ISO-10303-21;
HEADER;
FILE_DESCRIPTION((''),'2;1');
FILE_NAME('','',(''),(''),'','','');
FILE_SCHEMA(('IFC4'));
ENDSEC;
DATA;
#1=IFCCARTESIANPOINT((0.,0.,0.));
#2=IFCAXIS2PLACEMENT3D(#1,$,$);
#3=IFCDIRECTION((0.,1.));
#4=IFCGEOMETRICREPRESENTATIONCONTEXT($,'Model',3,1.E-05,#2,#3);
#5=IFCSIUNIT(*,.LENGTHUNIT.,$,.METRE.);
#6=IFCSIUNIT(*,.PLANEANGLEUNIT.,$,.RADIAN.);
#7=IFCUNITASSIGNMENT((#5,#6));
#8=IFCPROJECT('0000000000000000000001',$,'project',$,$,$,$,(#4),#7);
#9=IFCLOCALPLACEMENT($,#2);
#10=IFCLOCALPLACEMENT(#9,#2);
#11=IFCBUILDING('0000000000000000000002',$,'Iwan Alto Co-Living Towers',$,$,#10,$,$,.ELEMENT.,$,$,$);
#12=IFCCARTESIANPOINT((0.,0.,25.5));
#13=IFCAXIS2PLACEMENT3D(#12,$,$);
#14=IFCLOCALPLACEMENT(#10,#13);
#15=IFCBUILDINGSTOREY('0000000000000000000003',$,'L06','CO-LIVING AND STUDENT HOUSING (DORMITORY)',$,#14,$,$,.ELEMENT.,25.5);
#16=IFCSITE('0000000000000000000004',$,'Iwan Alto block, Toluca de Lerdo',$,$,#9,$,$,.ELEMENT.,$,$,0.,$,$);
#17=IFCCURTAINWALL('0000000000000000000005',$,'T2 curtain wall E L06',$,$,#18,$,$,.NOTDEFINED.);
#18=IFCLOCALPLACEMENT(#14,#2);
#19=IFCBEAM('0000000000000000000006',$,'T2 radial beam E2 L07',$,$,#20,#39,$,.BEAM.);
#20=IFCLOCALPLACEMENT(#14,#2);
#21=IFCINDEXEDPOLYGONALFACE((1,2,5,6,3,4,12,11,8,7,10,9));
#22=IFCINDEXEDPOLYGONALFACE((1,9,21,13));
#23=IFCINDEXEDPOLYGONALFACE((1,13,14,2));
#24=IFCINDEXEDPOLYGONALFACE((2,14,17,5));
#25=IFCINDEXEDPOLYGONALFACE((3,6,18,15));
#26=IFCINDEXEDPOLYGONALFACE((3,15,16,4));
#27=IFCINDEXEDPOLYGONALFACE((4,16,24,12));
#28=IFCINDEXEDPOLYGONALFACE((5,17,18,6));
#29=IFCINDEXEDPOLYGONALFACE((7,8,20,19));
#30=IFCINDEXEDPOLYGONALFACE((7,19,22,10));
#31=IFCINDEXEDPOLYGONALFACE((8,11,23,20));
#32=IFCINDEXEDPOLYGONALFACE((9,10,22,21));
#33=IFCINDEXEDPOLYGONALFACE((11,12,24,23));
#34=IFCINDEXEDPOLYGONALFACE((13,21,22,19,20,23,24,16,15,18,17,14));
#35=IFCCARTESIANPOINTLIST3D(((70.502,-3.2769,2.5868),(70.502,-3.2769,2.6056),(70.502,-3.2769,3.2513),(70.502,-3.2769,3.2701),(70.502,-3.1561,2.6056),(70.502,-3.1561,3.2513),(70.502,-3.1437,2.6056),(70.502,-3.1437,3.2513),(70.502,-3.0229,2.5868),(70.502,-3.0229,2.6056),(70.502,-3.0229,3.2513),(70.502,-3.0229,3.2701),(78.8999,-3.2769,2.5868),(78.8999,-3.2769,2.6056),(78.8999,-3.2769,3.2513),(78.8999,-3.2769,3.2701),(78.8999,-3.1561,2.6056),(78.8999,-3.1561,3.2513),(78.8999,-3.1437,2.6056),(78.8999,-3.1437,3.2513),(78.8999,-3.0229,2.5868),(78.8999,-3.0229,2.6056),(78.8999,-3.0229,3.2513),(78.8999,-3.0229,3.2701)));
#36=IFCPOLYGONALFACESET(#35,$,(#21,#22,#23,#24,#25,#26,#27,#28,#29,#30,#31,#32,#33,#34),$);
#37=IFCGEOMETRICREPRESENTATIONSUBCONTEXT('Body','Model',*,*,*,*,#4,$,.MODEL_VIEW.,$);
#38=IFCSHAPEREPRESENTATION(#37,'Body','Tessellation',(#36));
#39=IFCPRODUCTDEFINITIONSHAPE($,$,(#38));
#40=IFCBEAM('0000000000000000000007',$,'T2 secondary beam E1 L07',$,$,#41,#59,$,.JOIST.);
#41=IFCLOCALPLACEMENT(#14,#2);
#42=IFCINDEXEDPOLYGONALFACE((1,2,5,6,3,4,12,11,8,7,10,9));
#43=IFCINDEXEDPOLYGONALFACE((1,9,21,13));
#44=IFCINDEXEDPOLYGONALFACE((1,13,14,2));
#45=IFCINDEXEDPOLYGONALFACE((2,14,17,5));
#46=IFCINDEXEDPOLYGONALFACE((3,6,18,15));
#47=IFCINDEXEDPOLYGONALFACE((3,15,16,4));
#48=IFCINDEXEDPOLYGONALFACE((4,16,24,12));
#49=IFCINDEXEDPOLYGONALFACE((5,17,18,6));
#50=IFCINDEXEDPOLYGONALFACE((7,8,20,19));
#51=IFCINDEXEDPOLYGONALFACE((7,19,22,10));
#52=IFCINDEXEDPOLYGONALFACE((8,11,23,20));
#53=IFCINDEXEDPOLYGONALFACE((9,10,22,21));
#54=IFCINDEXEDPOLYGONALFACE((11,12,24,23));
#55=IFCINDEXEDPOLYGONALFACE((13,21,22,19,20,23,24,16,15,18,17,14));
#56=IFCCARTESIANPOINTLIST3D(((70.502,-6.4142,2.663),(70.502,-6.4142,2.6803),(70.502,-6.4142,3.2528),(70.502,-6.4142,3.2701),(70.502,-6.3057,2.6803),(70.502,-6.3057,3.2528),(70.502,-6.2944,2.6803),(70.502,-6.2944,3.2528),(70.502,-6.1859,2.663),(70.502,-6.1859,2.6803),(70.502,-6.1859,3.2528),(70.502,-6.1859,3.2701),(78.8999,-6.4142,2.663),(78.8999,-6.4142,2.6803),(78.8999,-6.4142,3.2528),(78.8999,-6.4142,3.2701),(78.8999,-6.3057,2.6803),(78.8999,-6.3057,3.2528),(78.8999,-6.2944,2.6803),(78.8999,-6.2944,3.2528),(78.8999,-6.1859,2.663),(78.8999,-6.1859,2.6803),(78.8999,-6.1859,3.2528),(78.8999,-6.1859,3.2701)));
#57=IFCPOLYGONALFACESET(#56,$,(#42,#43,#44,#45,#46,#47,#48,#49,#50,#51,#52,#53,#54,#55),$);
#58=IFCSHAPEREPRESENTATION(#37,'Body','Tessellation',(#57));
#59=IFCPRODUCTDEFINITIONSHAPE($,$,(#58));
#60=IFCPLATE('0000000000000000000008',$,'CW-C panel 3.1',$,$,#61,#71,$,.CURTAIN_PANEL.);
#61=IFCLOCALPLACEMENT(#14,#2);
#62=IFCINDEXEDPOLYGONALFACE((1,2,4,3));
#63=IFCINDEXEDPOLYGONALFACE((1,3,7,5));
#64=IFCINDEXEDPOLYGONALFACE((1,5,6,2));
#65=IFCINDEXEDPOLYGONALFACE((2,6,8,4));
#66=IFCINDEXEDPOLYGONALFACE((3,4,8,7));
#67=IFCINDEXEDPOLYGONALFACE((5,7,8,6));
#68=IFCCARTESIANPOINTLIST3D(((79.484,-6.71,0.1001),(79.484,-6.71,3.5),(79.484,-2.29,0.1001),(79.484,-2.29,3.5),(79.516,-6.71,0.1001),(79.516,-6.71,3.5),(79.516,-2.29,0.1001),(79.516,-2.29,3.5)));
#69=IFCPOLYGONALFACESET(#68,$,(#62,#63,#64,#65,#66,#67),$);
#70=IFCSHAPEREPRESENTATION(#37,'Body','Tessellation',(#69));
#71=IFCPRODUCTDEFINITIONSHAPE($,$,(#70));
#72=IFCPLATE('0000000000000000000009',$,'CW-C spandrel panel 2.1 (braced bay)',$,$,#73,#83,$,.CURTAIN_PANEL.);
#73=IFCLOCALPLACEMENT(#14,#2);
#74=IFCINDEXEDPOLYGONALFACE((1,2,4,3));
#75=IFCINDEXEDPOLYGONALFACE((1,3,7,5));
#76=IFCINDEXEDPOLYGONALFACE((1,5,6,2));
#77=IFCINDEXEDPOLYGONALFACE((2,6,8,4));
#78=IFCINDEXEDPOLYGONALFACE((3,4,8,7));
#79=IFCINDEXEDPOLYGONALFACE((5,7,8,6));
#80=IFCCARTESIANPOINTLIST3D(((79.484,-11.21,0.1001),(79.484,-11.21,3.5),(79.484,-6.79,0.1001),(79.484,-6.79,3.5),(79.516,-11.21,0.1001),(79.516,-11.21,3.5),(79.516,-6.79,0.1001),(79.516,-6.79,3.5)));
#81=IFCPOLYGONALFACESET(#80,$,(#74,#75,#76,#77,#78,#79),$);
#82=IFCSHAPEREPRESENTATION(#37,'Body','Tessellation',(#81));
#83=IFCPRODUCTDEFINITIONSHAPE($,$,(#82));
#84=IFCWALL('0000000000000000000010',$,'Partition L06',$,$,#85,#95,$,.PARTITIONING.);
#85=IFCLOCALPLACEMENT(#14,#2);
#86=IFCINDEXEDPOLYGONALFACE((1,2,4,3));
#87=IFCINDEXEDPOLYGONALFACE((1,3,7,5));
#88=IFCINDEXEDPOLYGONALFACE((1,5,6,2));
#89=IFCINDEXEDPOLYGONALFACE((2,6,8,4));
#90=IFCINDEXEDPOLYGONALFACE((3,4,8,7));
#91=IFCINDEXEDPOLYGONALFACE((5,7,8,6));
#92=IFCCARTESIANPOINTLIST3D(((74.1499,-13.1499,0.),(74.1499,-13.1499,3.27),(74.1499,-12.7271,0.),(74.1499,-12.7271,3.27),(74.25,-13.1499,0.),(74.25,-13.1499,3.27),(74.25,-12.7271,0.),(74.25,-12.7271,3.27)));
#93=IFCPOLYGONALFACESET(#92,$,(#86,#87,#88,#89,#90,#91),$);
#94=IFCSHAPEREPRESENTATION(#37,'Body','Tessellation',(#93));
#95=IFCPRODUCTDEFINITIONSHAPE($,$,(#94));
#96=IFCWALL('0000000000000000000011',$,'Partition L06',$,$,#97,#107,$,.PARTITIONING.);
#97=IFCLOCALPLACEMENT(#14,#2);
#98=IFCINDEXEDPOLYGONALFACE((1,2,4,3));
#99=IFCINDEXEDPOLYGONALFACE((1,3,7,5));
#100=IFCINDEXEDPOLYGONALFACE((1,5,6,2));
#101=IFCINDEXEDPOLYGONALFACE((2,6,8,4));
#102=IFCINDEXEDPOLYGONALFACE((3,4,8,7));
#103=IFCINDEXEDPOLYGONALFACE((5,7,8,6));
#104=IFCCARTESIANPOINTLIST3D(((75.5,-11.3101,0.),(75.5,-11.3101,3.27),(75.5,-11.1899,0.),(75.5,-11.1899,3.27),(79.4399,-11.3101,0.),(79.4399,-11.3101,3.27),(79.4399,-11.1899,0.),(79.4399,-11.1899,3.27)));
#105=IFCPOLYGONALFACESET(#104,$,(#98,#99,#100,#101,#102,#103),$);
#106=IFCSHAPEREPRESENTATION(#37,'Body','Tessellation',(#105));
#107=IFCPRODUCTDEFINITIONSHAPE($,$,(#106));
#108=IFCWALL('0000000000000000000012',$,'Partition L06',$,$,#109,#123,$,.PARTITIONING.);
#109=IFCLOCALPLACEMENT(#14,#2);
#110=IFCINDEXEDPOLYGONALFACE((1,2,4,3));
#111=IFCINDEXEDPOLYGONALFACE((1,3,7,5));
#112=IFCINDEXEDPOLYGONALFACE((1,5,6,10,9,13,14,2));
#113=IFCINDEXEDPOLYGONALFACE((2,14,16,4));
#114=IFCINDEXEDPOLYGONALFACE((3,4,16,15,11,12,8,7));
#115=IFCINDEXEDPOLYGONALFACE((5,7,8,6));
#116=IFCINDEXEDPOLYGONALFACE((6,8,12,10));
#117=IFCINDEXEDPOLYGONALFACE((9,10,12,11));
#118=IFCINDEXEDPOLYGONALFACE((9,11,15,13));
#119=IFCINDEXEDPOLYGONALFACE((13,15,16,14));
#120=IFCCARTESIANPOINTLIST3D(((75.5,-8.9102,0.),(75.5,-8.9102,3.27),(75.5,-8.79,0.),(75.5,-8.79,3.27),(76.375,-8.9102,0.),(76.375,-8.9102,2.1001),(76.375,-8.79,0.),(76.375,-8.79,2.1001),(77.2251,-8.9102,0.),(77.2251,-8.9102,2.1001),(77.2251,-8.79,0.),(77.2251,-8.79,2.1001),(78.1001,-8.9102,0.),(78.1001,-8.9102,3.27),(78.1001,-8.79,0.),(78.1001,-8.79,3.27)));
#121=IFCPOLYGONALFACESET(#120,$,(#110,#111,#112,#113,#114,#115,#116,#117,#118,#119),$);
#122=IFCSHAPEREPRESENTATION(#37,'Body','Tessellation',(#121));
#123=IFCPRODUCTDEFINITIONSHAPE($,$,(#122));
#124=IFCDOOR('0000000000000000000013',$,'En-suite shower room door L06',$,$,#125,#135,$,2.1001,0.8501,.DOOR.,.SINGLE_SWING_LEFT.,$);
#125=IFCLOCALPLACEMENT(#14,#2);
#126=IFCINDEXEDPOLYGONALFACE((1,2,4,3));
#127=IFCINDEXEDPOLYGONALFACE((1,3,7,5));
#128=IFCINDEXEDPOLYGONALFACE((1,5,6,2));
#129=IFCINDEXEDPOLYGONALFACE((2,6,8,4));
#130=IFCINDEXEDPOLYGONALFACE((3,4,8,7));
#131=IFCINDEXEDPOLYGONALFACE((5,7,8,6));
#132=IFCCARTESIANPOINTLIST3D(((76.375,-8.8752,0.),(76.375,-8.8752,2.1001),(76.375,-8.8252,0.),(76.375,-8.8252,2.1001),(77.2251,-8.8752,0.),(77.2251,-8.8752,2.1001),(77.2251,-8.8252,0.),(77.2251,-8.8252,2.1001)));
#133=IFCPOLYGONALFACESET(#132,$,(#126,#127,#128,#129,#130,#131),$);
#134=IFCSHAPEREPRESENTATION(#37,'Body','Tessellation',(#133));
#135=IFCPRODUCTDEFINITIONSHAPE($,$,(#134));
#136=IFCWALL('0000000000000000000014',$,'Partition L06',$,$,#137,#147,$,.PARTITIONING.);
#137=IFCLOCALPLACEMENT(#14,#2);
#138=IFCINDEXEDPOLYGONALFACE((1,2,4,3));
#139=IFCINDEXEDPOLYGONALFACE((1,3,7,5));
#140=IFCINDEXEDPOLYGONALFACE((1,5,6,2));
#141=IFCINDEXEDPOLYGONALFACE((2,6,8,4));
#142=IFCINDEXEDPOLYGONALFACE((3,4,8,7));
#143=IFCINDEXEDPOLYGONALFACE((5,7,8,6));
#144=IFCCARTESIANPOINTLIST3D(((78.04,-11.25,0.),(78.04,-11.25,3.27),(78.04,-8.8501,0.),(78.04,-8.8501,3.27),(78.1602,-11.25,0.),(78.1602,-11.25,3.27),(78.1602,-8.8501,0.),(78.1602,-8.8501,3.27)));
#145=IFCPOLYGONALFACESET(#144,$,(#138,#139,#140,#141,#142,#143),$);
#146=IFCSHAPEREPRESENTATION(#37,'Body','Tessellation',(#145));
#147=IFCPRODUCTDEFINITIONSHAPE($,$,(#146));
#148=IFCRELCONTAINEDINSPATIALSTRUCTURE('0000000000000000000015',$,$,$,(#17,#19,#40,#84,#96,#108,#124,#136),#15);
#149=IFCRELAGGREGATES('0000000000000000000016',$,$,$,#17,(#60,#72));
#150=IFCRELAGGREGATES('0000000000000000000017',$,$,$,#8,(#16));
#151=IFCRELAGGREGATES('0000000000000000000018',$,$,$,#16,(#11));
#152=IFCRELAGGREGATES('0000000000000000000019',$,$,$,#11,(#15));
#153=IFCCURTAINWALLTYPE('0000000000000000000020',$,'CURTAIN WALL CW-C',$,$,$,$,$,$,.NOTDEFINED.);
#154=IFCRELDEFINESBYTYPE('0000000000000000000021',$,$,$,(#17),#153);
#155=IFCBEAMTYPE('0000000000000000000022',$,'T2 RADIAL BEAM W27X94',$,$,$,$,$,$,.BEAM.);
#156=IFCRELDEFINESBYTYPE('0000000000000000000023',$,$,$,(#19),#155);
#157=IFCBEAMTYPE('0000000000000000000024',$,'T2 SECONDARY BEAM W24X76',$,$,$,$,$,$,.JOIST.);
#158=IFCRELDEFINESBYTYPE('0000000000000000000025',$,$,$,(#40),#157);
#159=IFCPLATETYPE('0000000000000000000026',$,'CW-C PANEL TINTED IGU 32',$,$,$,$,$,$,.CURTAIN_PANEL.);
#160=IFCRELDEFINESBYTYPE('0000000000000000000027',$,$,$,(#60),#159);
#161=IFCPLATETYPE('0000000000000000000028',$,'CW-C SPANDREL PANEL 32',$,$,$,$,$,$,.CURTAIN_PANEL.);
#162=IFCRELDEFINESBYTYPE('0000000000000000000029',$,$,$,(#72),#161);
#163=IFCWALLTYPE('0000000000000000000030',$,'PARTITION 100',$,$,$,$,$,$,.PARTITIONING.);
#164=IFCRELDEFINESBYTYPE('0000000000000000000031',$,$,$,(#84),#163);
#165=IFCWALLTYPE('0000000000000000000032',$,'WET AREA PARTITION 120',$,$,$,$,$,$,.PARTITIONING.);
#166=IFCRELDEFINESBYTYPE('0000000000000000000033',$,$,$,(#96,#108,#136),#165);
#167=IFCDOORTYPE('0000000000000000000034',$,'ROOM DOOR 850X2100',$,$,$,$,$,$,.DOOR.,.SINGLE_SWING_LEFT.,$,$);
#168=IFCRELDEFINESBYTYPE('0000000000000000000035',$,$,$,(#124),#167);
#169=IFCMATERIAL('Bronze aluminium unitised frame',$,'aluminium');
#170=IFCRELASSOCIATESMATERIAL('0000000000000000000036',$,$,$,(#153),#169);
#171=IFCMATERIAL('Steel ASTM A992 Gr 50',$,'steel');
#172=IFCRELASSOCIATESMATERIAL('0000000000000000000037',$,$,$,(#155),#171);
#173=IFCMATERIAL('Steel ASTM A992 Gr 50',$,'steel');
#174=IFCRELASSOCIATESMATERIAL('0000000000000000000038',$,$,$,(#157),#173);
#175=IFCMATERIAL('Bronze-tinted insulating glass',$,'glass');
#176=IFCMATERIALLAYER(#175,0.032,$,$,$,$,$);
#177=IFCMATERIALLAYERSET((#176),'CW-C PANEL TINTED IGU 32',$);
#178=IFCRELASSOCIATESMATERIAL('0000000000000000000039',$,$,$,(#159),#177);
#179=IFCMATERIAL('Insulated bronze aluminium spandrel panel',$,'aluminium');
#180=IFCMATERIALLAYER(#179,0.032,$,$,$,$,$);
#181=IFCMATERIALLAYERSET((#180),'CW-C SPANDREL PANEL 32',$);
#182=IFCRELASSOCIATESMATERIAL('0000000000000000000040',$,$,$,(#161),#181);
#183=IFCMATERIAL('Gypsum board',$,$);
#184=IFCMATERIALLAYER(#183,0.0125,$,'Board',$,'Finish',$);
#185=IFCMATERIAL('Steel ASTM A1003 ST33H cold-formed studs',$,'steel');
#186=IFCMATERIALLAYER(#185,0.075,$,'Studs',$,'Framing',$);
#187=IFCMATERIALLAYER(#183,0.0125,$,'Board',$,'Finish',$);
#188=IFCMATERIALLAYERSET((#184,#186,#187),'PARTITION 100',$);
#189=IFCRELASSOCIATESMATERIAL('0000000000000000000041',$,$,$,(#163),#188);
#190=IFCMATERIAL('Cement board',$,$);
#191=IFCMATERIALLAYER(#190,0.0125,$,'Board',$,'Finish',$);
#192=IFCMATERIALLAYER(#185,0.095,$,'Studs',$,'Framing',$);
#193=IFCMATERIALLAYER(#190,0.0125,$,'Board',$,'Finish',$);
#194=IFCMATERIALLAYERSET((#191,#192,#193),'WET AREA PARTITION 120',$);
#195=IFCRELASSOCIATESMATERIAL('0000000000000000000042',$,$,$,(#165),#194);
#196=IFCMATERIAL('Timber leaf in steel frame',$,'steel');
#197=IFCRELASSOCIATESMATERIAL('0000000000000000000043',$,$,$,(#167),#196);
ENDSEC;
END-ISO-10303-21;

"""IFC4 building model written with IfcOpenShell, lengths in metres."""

from ifc_helpers import new_model, si_unit, direction, frame, frame_2d, origin, origin_2d, place, context, subcontext, project, spatial, rectangle, i_section, extrude, material, layer, layer_set, material_profile, profile_set, type_object, element, fill, aggregate, save


model = new_model("IFC4")

# Units and contexts
model_context = context("Model", 3, precision=1e-05, world=origin(), true_north=direction((0.0, 1.0)))
body_context = subcontext(model_context, "Body", "Model", "MODEL_VIEW")
ifc_project = project(units=[si_unit("LENGTHUNIT", "METRE"), si_unit("PLANEANGLEUNIT", "RADIAN")], contexts=[model_context])

# Site, building, storey
site_placement = place(None, origin())
site = spatial("IfcSite", under=ifc_project, at=site_placement, Name="Iwan Alto block, Toluca de Lerdo", CompositionType="ELEMENT", RefElevation=0.0)
building_placement = place(site_placement, origin())
building = spatial("IfcBuilding", under=site, at=building_placement, Name="Iwan Alto Co-Living Towers", CompositionType="ELEMENT")
storey_placement = place(building_placement, frame((0.0, 0.0, 25.5)))
storey = spatial("IfcBuildingStorey", under=building, at=storey_placement, Name="L06", Description="CO-LIVING AND STUDENT HOUSING (DORMITORY)", CompositionType="ELEMENT", Elevation=25.5)

# Curtain wall
ifc_material_1 = material(Name="Bronze aluminium unitised frame", Category="aluminium")
curtain_wall_type = type_object("IfcCurtainWallType", Name="CURTAIN WALL CW-C", PredefinedType="NOTDEFINED", material=ifc_material_1)
curtain_wall_placement = place(storey_placement, origin())
curtain_wall = element("IfcCurtainWall", 1, at=curtain_wall_placement, inside=storey, type_object=curtain_wall_type, Name="T2 curtain wall E L06", PredefinedType="NOTDEFINED")

# Beams
ifc_material_2 = material(Name="Steel ASTM A992 Gr 50", Category="steel")
ifc_material_profile_1 = material_profile(ifc_material_2, i_section(OverallWidth=0.2539, OverallDepth=0.6833, WebThickness=0.0125, FlangeThickness=0.0188, at=origin_2d()), Name="W27X94")
ifc_profile_set_1 = profile_set([ifc_material_profile_1], Name="Steel ASTM A992 Gr 50")
beam_type_1 = type_object("IfcBeamType", Name="T2 RADIAL BEAM W27X94", PredefinedType="BEAM", material=ifc_profile_set_1)
beam_1_placement = place(storey_placement, frame((78.8999, -3.1499, 2.9285), z_axis=(-1.0, 0.0, 0.0), x_axis=(0.0, -1.0, 0.0)))
element("IfcBeam", 2, at=beam_1_placement, inside=storey, type_object=beam_type_1, Name="T2 radial beam E2 L07", PredefinedType="BEAM", context=body_context, shape_type="SweptSolid", body=[
    extrude(i_section(OverallWidth=0.2539, OverallDepth=0.6833, WebThickness=0.0125, FlangeThickness=0.0188, at=origin_2d()), origin(), (0.0, 0.0, 1.0), 8.3979),
])
ifc_material_3 = material(Name="Steel ASTM A992 Gr 50", Category="steel")
ifc_material_profile_2 = material_profile(ifc_material_3, i_section(OverallWidth=0.2283, OverallDepth=0.6072, WebThickness=0.0112, FlangeThickness=0.0173, at=origin_2d()), Name="W24X76")
ifc_profile_set_2 = profile_set([ifc_material_profile_2], Name="Steel ASTM A992 Gr 50")
beam_type_2 = type_object("IfcBeamType", Name="T2 SECONDARY BEAM W24X76", PredefinedType="JOIST", material=ifc_profile_set_2)
beam_2_placement = place(storey_placement, frame((78.8999, -6.3, 2.9666), z_axis=(-1.0, 0.0, 0.0), x_axis=(0.0, -1.0, 0.0)))
element("IfcBeam", 3, at=beam_2_placement, inside=storey, type_object=beam_type_2, Name="T2 secondary beam E1 L07", PredefinedType="JOIST", context=body_context, shape_type="SweptSolid", body=[
    extrude(i_section(OverallWidth=0.2283, OverallDepth=0.6072, WebThickness=0.0112, FlangeThickness=0.0173, at=origin_2d()), origin(), (0.0, 0.0, 1.0), 8.3979),
])

# Plates
ifc_material_4 = material(Name="Bronze-tinted insulating glass", Category="glass")
ifc_layer_1 = layer(ifc_material_4, 0.032)
ifc_layer_set_1 = layer_set([ifc_layer_1], Name="CW-C PANEL TINTED IGU 32")
plate_type_1 = type_object("IfcPlateType", Name="CW-C PANEL TINTED IGU 32", PredefinedType="CURTAIN_PANEL", material=ifc_layer_set_1)
plate_1_placement = place(storey_placement, frame((79.5, -4.5, 0.1001), z_axis=(0.0, 0.0, 1.0), x_axis=(0.0, 1.0, 0.0)))
plate_1 = element("IfcPlate", 4, at=plate_1_placement, type_object=plate_type_1, Name="CW-C panel 3.1", PredefinedType="CURTAIN_PANEL", context=body_context, shape_type="SweptSolid", body=[
    extrude(rectangle(XDim=4.4199, YDim=0.032, at=origin_2d()), origin(), (0.0, 0.0, 1.0), 3.3999),
])
ifc_material_5 = material(Name="Insulated bronze aluminium spandrel panel", Category="aluminium")
ifc_layer_2 = layer(ifc_material_5, 0.032)
ifc_layer_set_2 = layer_set([ifc_layer_2], Name="CW-C SPANDREL PANEL 32")
plate_type_2 = type_object("IfcPlateType", Name="CW-C SPANDREL PANEL 32", PredefinedType="CURTAIN_PANEL", material=ifc_layer_set_2)
plate_2_placement = place(storey_placement, frame((79.5, -9.0, 0.1001), z_axis=(0.0, 0.0, 1.0), x_axis=(0.0, 1.0, 0.0)))
plate_2 = element("IfcPlate", 5, at=plate_2_placement, type_object=plate_type_2, Name="CW-C spandrel panel 2.1 (braced bay)", PredefinedType="CURTAIN_PANEL", context=body_context, shape_type="SweptSolid", body=[
    extrude(rectangle(XDim=4.4199, YDim=0.032, at=origin_2d()), origin(), (0.0, 0.0, 1.0), 3.3999),
])
aggregate(curtain_wall, [plate_1, plate_2])

# Walls
ifc_material_6 = material(Name="Gypsum board")
ifc_layer_3 = layer(ifc_material_6, 0.0125, Name="Board", Category="Finish")
ifc_material_7 = material(Name="Steel ASTM A1003 ST33H cold-formed studs", Category="steel")
ifc_layer_4 = layer(ifc_material_7, 0.075, Name="Studs", Category="Framing")
ifc_layer_5 = layer(ifc_material_6, 0.0125, Name="Board", Category="Finish")
ifc_layer_set_3 = layer_set([ifc_layer_3, ifc_layer_4, ifc_layer_5], Name="PARTITION 100")
wall_type_1 = type_object("IfcWallType", Name="PARTITION 100", PredefinedType="PARTITIONING", material=ifc_layer_set_3)
wall_1_placement = place(storey_placement, frame((74.2, -13.1499, 0.0), z_axis=(0.0, 0.0, 1.0), x_axis=(0.0, 1.0, 0.0)))
element("IfcWall", 6, at=wall_1_placement, inside=storey, type_object=wall_type_1, Name="Partition L06", PredefinedType="PARTITIONING", context=body_context, shape_type="SweptSolid", body=[
    extrude(rectangle(XDim=0.4229, YDim=0.1001, at=frame_2d((0.2114, 0.0))), origin(), (0.0, 0.0, 1.0), 3.27),
])
ifc_material_8 = material(Name="Cement board")
ifc_layer_6 = layer(ifc_material_8, 0.0125, Name="Board", Category="Finish")
ifc_layer_7 = layer(ifc_material_7, 0.095, Name="Studs", Category="Framing")
ifc_layer_8 = layer(ifc_material_8, 0.0125, Name="Board", Category="Finish")
ifc_layer_set_4 = layer_set([ifc_layer_6, ifc_layer_7, ifc_layer_8], Name="WET AREA PARTITION 120")
wall_type_2 = type_object("IfcWallType", Name="WET AREA PARTITION 120", PredefinedType="PARTITIONING", material=ifc_layer_set_4)
wall_2_placement = place(storey_placement, frame((75.5, -11.25, 0.0), z_axis=(0.0, 0.0, 1.0), x_axis=(1.0, 0.0, 0.0)))
element("IfcWall", 7, at=wall_2_placement, inside=storey, type_object=wall_type_2, Name="Partition L06", PredefinedType="PARTITIONING", context=body_context, shape_type="SweptSolid", body=[
    extrude(rectangle(XDim=3.9399, YDim=0.1201, at=frame_2d((1.97, 0.0))), origin(), (0.0, 0.0, 1.0), 3.27),
])

# Wall, opening, door
wall_3_placement = place(storey_placement, frame((75.5, -8.8501, 0.0), z_axis=(0.0, 0.0, 1.0), x_axis=(1.0, 0.0, 0.0)))
wall_3 = element("IfcWall", 8, at=wall_3_placement, inside=storey, type_object=wall_type_2, Name="Partition L06", PredefinedType="PARTITIONING", context=body_context, shape_type="SweptSolid", body=[
    extrude(rectangle(XDim=2.6001, YDim=0.1201, at=frame_2d((1.3, 0.0))), origin(), (0.0, 0.0, 1.0), 3.27),
])
opening_1_placement = place(wall_3_placement, frame((0.875, 0.0, 0.0)))
opening_1 = element("IfcOpeningElement", 9, at=opening_1_placement, cuts=wall_3, PredefinedType="OPENING", context=body_context, shape_type="SweptSolid", body=[
    extrude(rectangle(XDim=0.8501, YDim=2.1001, at=frame_2d((0.425, 1.05))), frame((0.0, 0.0701, 0.0), z_axis=(0.0, -1.0, 0.0), x_axis=(1.0, 0.0, 0.0)), (0.0, 0.0, 1.0), 0.1401),
])
ifc_material_9 = material(Name="Timber leaf in steel frame", Category="steel")
door_type = type_object("IfcDoorType", Name="ROOM DOOR 850X2100", OperationType="SINGLE_SWING_LEFT", PredefinedType="DOOR", material=ifc_material_9)
door_1_placement = place(opening_1_placement, origin())
door_1 = element("IfcDoor", 10, at=door_1_placement, inside=storey, type_object=door_type, Name="En-suite shower room door L06", OperationType="SINGLE_SWING_LEFT", OverallHeight=2.1001, OverallWidth=0.8501, PredefinedType="DOOR", context=body_context, shape_type="SweptSolid", body=[
    extrude(rectangle(XDim=0.8501, YDim=2.1001, at=frame_2d((0.425, 1.05))), frame((0.0, 0.0249, 0.0), z_axis=(0.0, -1.0, 0.0), x_axis=(1.0, 0.0, 0.0)), (0.0, 0.0, 1.0), 0.05),
])
fill(opening_1, door_1)

# Wall
wall_4_placement = place(storey_placement, frame((78.1001, -11.25, 0.0), z_axis=(0.0, 0.0, 1.0), x_axis=(0.0, 1.0, 0.0)))
element("IfcWall", 11, at=wall_4_placement, inside=storey, type_object=wall_type_2, Name="Partition L06", PredefinedType="PARTITIONING", context=body_context, shape_type="SweptSolid", body=[
    extrude(rectangle(XDim=2.3999, YDim=0.1201, at=frame_2d((1.2, 0.0))), origin(), (0.0, 0.0, 1.0), 3.27),
])

save(model, "model.ifc")
